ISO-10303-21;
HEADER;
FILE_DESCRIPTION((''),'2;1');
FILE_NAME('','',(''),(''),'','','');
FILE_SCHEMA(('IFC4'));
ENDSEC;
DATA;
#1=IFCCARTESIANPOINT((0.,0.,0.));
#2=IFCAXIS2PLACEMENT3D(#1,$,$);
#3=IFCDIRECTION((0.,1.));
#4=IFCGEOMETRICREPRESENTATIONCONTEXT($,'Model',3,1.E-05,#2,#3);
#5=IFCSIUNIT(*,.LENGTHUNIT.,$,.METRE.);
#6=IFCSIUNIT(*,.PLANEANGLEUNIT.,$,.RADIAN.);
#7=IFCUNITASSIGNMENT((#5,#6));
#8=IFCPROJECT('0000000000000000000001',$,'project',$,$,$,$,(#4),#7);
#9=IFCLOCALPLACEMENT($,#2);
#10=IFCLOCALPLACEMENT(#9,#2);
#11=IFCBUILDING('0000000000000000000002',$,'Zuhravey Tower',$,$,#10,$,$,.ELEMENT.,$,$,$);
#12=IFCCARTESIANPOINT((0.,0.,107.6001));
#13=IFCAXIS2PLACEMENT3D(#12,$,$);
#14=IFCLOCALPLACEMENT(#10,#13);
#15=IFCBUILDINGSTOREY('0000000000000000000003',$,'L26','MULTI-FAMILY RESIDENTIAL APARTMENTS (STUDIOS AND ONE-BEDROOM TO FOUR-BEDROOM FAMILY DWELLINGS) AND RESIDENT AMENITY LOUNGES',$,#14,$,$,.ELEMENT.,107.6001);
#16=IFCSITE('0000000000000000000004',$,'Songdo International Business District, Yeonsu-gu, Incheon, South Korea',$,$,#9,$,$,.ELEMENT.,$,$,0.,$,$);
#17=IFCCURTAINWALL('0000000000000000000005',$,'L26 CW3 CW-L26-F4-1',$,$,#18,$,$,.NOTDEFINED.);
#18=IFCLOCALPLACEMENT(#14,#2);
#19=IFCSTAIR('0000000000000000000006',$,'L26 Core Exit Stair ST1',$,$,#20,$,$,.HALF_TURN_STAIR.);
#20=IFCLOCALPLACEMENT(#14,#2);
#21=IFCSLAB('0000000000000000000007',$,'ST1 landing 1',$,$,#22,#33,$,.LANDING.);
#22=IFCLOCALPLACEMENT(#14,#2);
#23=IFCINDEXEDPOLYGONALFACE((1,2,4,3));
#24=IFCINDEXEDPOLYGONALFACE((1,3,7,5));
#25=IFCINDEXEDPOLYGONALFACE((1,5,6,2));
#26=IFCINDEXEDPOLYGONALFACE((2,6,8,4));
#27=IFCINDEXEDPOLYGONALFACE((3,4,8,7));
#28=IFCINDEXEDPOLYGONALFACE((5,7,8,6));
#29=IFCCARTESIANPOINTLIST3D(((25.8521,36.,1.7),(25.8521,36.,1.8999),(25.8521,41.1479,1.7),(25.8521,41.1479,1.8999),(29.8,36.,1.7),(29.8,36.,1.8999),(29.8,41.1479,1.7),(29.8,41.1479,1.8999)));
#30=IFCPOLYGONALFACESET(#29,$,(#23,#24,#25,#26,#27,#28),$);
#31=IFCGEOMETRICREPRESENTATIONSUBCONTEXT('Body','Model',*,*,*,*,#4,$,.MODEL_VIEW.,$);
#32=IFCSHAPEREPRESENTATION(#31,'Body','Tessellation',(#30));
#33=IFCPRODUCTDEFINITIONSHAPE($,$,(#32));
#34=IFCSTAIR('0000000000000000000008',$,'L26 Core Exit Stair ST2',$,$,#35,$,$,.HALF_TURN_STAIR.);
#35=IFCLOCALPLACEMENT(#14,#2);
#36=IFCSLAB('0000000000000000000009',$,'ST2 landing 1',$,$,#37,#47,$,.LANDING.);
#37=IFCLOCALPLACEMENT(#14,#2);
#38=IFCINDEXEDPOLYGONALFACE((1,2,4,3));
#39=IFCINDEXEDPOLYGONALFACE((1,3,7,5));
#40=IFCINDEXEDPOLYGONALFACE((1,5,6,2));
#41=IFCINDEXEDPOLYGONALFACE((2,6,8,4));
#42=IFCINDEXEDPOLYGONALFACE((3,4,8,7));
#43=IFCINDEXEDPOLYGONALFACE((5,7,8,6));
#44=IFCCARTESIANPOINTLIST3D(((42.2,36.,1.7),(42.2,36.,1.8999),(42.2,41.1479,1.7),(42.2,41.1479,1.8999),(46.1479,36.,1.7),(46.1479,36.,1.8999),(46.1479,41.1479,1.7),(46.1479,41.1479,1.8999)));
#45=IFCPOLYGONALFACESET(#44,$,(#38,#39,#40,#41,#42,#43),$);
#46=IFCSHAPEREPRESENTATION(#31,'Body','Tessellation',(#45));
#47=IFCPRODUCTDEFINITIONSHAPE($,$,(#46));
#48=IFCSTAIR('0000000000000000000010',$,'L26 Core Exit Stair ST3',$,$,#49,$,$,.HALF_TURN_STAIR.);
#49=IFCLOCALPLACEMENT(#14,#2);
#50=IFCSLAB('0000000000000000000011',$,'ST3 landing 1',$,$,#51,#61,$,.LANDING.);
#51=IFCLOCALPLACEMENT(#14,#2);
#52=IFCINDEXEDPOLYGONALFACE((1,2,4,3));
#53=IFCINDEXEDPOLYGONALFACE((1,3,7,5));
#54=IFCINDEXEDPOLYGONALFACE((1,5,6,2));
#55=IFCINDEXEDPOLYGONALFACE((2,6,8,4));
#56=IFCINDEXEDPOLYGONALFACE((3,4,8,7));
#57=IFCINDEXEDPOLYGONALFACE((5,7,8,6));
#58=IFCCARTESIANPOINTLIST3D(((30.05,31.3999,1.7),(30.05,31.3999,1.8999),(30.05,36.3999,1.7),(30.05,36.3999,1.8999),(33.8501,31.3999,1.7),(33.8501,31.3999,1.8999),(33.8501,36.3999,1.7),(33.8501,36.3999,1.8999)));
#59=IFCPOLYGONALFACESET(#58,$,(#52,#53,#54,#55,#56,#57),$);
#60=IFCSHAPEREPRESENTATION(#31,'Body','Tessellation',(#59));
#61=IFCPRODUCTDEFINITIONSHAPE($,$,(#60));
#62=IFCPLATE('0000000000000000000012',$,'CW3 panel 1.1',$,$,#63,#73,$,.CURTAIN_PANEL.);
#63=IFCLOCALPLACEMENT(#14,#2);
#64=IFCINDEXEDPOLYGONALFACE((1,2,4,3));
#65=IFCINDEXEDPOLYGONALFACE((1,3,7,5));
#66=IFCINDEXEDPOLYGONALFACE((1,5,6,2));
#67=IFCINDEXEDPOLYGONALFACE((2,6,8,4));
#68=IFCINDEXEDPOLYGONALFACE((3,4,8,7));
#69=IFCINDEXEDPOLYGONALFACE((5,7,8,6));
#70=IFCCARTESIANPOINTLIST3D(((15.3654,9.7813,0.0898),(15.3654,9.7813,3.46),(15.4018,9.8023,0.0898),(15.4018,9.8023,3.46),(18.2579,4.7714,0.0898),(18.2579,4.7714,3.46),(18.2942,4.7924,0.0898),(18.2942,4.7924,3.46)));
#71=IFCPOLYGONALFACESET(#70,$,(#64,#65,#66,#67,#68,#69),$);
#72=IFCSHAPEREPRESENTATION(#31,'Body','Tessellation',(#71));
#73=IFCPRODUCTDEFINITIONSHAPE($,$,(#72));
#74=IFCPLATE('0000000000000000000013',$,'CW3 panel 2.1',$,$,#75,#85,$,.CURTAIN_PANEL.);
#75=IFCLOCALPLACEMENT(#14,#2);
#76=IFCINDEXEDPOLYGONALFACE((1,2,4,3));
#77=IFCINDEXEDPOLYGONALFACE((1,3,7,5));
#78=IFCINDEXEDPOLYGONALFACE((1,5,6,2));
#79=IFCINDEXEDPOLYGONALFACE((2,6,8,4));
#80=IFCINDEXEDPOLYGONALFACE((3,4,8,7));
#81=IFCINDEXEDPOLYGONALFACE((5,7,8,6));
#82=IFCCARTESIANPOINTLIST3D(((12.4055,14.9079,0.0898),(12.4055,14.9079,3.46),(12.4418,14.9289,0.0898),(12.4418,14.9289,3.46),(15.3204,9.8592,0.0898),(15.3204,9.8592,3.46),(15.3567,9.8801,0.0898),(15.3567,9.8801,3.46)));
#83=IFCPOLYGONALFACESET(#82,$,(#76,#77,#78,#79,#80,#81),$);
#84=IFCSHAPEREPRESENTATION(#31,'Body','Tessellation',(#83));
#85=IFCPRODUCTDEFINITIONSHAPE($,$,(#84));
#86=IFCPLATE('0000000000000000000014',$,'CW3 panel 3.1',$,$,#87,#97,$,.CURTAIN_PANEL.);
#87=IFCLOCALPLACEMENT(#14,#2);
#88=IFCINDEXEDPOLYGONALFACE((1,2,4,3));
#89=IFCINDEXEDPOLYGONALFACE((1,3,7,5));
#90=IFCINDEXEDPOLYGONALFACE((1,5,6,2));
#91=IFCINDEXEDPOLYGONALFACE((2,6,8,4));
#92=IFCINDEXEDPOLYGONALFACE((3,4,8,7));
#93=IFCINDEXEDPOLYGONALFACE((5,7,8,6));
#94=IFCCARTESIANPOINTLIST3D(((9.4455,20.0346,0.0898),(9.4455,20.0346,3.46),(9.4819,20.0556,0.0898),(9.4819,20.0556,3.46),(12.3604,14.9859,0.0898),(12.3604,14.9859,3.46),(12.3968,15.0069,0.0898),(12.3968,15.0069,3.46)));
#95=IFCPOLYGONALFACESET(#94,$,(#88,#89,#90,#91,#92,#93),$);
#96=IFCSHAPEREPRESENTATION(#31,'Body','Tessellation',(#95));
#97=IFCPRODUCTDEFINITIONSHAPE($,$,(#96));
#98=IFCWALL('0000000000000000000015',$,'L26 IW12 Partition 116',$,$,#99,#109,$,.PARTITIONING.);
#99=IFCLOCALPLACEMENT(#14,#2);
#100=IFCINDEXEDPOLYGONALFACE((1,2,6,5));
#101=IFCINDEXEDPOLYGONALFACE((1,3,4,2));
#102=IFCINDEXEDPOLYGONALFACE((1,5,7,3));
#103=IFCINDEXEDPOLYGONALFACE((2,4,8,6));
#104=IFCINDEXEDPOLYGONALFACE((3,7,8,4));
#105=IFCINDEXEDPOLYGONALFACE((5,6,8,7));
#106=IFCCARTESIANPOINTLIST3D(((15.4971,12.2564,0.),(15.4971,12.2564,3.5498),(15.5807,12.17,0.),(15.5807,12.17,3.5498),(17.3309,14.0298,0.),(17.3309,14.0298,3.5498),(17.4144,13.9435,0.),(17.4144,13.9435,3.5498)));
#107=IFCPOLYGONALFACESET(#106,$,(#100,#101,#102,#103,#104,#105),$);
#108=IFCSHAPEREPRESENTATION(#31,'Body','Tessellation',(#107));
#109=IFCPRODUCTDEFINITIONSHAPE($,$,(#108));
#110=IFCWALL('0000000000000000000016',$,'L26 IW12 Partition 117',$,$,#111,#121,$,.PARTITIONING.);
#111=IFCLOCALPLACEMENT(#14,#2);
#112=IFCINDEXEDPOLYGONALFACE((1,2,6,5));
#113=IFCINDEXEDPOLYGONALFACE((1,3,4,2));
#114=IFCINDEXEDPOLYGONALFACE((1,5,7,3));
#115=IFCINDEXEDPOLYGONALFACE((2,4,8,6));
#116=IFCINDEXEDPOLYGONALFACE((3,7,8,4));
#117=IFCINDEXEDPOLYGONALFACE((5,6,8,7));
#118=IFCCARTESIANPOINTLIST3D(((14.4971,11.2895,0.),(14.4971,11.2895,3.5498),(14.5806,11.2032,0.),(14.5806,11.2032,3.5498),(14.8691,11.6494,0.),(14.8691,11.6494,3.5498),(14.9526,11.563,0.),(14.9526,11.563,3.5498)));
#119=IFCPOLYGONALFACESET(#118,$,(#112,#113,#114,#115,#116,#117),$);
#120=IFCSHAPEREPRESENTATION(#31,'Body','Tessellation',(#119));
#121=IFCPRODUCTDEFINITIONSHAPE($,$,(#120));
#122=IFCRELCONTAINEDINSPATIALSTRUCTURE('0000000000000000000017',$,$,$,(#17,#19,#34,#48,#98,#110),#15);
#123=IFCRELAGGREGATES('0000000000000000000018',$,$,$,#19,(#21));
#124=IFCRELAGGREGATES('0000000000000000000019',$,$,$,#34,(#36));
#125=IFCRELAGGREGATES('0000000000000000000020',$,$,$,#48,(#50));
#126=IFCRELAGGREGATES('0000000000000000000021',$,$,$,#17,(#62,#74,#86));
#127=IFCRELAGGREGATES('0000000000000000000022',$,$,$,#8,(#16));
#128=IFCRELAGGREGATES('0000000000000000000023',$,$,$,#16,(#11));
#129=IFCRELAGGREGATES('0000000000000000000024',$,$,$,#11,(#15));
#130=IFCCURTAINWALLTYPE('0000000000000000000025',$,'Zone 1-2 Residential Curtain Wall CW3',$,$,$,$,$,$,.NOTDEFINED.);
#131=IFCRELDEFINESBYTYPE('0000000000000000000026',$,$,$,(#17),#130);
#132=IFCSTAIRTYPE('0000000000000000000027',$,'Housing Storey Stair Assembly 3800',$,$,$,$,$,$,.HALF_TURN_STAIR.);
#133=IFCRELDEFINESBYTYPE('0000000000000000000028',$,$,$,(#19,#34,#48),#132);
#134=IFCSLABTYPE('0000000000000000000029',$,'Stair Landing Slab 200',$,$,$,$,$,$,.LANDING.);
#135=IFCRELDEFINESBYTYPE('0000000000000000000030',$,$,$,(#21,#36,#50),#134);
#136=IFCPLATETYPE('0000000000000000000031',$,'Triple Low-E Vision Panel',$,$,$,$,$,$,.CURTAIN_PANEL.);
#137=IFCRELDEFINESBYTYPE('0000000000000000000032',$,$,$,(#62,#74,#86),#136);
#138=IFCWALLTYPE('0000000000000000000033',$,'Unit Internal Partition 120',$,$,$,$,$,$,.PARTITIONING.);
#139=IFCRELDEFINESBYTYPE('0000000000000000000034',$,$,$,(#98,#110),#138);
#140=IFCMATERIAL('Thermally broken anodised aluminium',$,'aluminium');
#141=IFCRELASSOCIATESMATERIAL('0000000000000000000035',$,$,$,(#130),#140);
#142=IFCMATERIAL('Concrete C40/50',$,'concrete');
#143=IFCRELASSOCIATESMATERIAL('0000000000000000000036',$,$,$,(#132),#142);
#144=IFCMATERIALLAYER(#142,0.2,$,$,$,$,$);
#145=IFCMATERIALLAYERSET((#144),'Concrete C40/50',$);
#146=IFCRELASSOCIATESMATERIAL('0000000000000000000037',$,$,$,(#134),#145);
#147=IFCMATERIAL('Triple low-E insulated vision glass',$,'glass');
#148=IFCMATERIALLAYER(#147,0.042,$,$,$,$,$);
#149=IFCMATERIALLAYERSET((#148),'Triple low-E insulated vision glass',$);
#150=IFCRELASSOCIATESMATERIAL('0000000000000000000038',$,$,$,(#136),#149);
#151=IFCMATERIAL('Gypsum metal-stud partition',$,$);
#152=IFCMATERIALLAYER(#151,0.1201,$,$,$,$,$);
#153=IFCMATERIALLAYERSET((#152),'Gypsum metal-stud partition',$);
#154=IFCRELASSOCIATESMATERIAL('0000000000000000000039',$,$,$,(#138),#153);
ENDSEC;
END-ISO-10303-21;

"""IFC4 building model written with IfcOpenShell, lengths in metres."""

from ifc_helpers import new_model, si_unit, direction, frame, frame_2d, origin, origin_2d, place, context, subcontext, project, spatial, polyline, rectangle, outline, extrude, material, layer, layer_set, type_object, element, aggregate, save


model = new_model("IFC4")

# Units and contexts
model_context = context("Model", 3, precision=1e-05, world=origin(), true_north=direction((0.0, 1.0)))
body_context = subcontext(model_context, "Body", "Model", "MODEL_VIEW")
ifc_project = project(units=[si_unit("LENGTHUNIT", "METRE"), si_unit("PLANEANGLEUNIT", "RADIAN")], contexts=[model_context])

# Site, building, storey
site_placement = place(None, origin())
site = spatial("IfcSite", under=ifc_project, at=site_placement, Name="Songdo International Business District, Yeonsu-gu, Incheon, South Korea", CompositionType="ELEMENT", RefElevation=0.0)
building_placement = place(site_placement, origin())
building = spatial("IfcBuilding", under=site, at=building_placement, Name="Zuhravey Tower", CompositionType="ELEMENT")
storey_placement = place(building_placement, frame((0.0, 0.0, 107.6001)))
storey = spatial("IfcBuildingStorey", under=building, at=storey_placement, Name="L26", Description="MULTI-FAMILY RESIDENTIAL APARTMENTS (STUDIOS AND ONE-BEDROOM TO FOUR-BEDROOM FAMILY DWELLINGS) AND RESIDENT AMENITY LOUNGES", CompositionType="ELEMENT", Elevation=107.6001)

# Curtain wall
ifc_material_1 = material(Name="Thermally broken anodised aluminium", Category="aluminium")
curtain_wall_type = type_object("IfcCurtainWallType", Name="Zone 1-2 Residential Curtain Wall CW3", PredefinedType="NOTDEFINED", material=ifc_material_1)
curtain_wall_placement = place(storey_placement, origin())
curtain_wall = element("IfcCurtainWall", 1, at=curtain_wall_placement, inside=storey, type_object=curtain_wall_type, Name="L26 CW3 CW-L26-F4-1", PredefinedType="NOTDEFINED")

# Shared definitions
ifc_material_2 = material(Name="Concrete C40/50", Category="concrete")

# Stairs, slabs
stair_type = type_object("IfcStairType", Name="Housing Storey Stair Assembly 3800", PredefinedType="HALF_TURN_STAIR", material=ifc_material_2)
stair_1_placement = place(storey_placement, origin())
stair_1 = element("IfcStair", 2, at=stair_1_placement, inside=storey, type_object=stair_type, Name="L26 Core Exit Stair ST1", PredefinedType="HALF_TURN_STAIR")
ifc_layer_1 = layer(ifc_material_2, 0.2)
ifc_layer_set_1 = layer_set([ifc_layer_1], Name="Concrete C40/50")
slab_type_1 = type_object("IfcSlabType", Name="Stair Landing Slab 200", PredefinedType="LANDING", material=ifc_layer_set_1)
slab_1_placement = place(storey_placement, frame((0.0, 0.0, 1.7)))
slab_1 = element("IfcSlab", 3, at=slab_1_placement, type_object=slab_type_1, Name="ST1 landing 1", PredefinedType="LANDING", context=body_context, shape_type="SweptSolid", body=[
    extrude(outline(polyline([(29.8, 36.0), (29.8, 41.1479), (25.8521, 41.1479), (25.8521, 36.0), (29.8, 36.0)])), origin(), (0.0, 0.0, 1.0), 0.2),
])
aggregate(stair_1, [slab_1])
stair_2_placement = place(storey_placement, origin())
stair_2 = element("IfcStair", 4, at=stair_2_placement, inside=storey, type_object=stair_type, Name="L26 Core Exit Stair ST2", PredefinedType="HALF_TURN_STAIR")
slab_2_placement = place(storey_placement, frame((0.0, 0.0, 1.7)))
slab_2 = element("IfcSlab", 5, at=slab_2_placement, type_object=slab_type_1, Name="ST2 landing 1", PredefinedType="LANDING", context=body_context, shape_type="SweptSolid", body=[
    extrude(outline(polyline([(46.1479, 36.0), (46.1479, 41.1479), (42.2, 41.1479), (42.2, 36.0), (46.1479, 36.0)])), origin(), (0.0, 0.0, 1.0), 0.2),
])
aggregate(stair_2, [slab_2])
stair_3_placement = place(storey_placement, origin())
stair_3 = element("IfcStair", 6, at=stair_3_placement, inside=storey, type_object=stair_type, Name="L26 Core Exit Stair ST3", PredefinedType="HALF_TURN_STAIR")
slab_3_placement = place(storey_placement, frame((0.0, 0.0, 1.7)))
slab_3 = element("IfcSlab", 7, at=slab_3_placement, type_object=slab_type_1, Name="ST3 landing 1", PredefinedType="LANDING", context=body_context, shape_type="SweptSolid", body=[
    extrude(outline(polyline([(30.05, 36.3999), (30.05, 31.3999), (33.8501, 31.3999), (33.8501, 36.3999), (30.05, 36.3999)])), origin(), (0.0, 0.0, 1.0), 0.2),
])
aggregate(stair_3, [slab_3])

# Plates
ifc_material_3 = material(Name="Triple low-E insulated vision glass", Category="glass")
ifc_layer_2 = layer(ifc_material_3, 0.042)
ifc_layer_set_2 = layer_set([ifc_layer_2], Name="Triple low-E insulated vision glass")
plate_type_1 = type_object("IfcPlateType", Name="Triple Low-E Vision Panel", PredefinedType="CURTAIN_PANEL", material=ifc_layer_set_2)
plate_1_placement = place(storey_placement, frame((16.8298, 7.2869, 0.0898), z_axis=(0.0, 0.0, 1.0), x_axis=(-0.5, 0.866026, 0.0)))
plate_1 = element("IfcPlate", 8, at=plate_1_placement, type_object=plate_type_1, Name="CW3 panel 1.1", PredefinedType="CURTAIN_PANEL", context=body_context, shape_type="SweptSolid", body=[
    extrude(rectangle(XDim=5.7849, YDim=0.042, at=origin_2d()), origin(), (0.0, 0.0, 1.0), 3.3701),
])
plate_2_placement = place(storey_placement, frame((13.8811, 12.394, 0.0898), z_axis=(0.0, 0.0, 1.0), x_axis=(-0.5, 0.866026, 0.0)))
plate_2 = element("IfcPlate", 9, at=plate_2_placement, type_object=plate_type_1, Name="CW3 panel 2.1", PredefinedType="CURTAIN_PANEL", context=body_context, shape_type="SweptSolid", body=[
    extrude(rectangle(XDim=5.8298, YDim=0.042, at=origin_2d()), origin(), (0.0, 0.0, 1.0), 3.3701),
])
plate_3_placement = place(storey_placement, frame((10.9211, 17.5208, 0.0898), z_axis=(0.0, 0.0, 1.0), x_axis=(-0.5, 0.866026, 0.0)))
plate_3 = element("IfcPlate", 10, at=plate_3_placement, type_object=plate_type_1, Name="CW3 panel 3.1", PredefinedType="CURTAIN_PANEL", context=body_context, shape_type="SweptSolid", body=[
    extrude(rectangle(XDim=5.8298, YDim=0.042, at=origin_2d()), origin(), (0.0, 0.0, 1.0), 3.3701),
])
aggregate(curtain_wall, [plate_1, plate_2, plate_3])

# Walls
ifc_material_4 = material(Name="Gypsum metal-stud partition")
ifc_layer_3 = layer(ifc_material_4, 0.1201)
ifc_layer_set_3 = layer_set([ifc_layer_3], Name="Gypsum metal-stud partition")
wall_type = type_object("IfcWallType", Name="Unit Internal Partition 120", PredefinedType="PARTITIONING", material=ifc_layer_set_3)
wall_1_placement = place(storey_placement, frame((17.3726, 13.9866, 0.0), z_axis=(0.0, 0.0, 1.0), x_axis=(-0.718827, -0.695189, 0.0)))
element("IfcWall", 11, at=wall_1_placement, inside=storey, type_object=wall_type, Name="L26 IW12 Partition 116", PredefinedType="PARTITIONING", context=body_context, shape_type="SweptSolid", body=[
    extrude(rectangle(XDim=2.551, YDim=0.1201, at=frame_2d((1.2754, 0.0))), origin(), (0.0, 0.0, 1.0), 3.5498),
])
wall_2_placement = place(storey_placement, frame((14.9109, 11.6062, 0.0), z_axis=(0.0, 0.0, 1.0), x_axis=(-0.7188, -0.695217, 0.0)))
element("IfcWall", 12, at=wall_2_placement, inside=storey, type_object=wall_type, Name="L26 IW12 Partition 117", PredefinedType="PARTITIONING", context=body_context, shape_type="SweptSolid", body=[
    extrude(rectangle(XDim=0.5176, YDim=0.1201, at=frame_2d((0.2588, 0.0))), origin(), (0.0, 0.0, 1.0), 3.5498),
])

save(model, "model.ifc")
